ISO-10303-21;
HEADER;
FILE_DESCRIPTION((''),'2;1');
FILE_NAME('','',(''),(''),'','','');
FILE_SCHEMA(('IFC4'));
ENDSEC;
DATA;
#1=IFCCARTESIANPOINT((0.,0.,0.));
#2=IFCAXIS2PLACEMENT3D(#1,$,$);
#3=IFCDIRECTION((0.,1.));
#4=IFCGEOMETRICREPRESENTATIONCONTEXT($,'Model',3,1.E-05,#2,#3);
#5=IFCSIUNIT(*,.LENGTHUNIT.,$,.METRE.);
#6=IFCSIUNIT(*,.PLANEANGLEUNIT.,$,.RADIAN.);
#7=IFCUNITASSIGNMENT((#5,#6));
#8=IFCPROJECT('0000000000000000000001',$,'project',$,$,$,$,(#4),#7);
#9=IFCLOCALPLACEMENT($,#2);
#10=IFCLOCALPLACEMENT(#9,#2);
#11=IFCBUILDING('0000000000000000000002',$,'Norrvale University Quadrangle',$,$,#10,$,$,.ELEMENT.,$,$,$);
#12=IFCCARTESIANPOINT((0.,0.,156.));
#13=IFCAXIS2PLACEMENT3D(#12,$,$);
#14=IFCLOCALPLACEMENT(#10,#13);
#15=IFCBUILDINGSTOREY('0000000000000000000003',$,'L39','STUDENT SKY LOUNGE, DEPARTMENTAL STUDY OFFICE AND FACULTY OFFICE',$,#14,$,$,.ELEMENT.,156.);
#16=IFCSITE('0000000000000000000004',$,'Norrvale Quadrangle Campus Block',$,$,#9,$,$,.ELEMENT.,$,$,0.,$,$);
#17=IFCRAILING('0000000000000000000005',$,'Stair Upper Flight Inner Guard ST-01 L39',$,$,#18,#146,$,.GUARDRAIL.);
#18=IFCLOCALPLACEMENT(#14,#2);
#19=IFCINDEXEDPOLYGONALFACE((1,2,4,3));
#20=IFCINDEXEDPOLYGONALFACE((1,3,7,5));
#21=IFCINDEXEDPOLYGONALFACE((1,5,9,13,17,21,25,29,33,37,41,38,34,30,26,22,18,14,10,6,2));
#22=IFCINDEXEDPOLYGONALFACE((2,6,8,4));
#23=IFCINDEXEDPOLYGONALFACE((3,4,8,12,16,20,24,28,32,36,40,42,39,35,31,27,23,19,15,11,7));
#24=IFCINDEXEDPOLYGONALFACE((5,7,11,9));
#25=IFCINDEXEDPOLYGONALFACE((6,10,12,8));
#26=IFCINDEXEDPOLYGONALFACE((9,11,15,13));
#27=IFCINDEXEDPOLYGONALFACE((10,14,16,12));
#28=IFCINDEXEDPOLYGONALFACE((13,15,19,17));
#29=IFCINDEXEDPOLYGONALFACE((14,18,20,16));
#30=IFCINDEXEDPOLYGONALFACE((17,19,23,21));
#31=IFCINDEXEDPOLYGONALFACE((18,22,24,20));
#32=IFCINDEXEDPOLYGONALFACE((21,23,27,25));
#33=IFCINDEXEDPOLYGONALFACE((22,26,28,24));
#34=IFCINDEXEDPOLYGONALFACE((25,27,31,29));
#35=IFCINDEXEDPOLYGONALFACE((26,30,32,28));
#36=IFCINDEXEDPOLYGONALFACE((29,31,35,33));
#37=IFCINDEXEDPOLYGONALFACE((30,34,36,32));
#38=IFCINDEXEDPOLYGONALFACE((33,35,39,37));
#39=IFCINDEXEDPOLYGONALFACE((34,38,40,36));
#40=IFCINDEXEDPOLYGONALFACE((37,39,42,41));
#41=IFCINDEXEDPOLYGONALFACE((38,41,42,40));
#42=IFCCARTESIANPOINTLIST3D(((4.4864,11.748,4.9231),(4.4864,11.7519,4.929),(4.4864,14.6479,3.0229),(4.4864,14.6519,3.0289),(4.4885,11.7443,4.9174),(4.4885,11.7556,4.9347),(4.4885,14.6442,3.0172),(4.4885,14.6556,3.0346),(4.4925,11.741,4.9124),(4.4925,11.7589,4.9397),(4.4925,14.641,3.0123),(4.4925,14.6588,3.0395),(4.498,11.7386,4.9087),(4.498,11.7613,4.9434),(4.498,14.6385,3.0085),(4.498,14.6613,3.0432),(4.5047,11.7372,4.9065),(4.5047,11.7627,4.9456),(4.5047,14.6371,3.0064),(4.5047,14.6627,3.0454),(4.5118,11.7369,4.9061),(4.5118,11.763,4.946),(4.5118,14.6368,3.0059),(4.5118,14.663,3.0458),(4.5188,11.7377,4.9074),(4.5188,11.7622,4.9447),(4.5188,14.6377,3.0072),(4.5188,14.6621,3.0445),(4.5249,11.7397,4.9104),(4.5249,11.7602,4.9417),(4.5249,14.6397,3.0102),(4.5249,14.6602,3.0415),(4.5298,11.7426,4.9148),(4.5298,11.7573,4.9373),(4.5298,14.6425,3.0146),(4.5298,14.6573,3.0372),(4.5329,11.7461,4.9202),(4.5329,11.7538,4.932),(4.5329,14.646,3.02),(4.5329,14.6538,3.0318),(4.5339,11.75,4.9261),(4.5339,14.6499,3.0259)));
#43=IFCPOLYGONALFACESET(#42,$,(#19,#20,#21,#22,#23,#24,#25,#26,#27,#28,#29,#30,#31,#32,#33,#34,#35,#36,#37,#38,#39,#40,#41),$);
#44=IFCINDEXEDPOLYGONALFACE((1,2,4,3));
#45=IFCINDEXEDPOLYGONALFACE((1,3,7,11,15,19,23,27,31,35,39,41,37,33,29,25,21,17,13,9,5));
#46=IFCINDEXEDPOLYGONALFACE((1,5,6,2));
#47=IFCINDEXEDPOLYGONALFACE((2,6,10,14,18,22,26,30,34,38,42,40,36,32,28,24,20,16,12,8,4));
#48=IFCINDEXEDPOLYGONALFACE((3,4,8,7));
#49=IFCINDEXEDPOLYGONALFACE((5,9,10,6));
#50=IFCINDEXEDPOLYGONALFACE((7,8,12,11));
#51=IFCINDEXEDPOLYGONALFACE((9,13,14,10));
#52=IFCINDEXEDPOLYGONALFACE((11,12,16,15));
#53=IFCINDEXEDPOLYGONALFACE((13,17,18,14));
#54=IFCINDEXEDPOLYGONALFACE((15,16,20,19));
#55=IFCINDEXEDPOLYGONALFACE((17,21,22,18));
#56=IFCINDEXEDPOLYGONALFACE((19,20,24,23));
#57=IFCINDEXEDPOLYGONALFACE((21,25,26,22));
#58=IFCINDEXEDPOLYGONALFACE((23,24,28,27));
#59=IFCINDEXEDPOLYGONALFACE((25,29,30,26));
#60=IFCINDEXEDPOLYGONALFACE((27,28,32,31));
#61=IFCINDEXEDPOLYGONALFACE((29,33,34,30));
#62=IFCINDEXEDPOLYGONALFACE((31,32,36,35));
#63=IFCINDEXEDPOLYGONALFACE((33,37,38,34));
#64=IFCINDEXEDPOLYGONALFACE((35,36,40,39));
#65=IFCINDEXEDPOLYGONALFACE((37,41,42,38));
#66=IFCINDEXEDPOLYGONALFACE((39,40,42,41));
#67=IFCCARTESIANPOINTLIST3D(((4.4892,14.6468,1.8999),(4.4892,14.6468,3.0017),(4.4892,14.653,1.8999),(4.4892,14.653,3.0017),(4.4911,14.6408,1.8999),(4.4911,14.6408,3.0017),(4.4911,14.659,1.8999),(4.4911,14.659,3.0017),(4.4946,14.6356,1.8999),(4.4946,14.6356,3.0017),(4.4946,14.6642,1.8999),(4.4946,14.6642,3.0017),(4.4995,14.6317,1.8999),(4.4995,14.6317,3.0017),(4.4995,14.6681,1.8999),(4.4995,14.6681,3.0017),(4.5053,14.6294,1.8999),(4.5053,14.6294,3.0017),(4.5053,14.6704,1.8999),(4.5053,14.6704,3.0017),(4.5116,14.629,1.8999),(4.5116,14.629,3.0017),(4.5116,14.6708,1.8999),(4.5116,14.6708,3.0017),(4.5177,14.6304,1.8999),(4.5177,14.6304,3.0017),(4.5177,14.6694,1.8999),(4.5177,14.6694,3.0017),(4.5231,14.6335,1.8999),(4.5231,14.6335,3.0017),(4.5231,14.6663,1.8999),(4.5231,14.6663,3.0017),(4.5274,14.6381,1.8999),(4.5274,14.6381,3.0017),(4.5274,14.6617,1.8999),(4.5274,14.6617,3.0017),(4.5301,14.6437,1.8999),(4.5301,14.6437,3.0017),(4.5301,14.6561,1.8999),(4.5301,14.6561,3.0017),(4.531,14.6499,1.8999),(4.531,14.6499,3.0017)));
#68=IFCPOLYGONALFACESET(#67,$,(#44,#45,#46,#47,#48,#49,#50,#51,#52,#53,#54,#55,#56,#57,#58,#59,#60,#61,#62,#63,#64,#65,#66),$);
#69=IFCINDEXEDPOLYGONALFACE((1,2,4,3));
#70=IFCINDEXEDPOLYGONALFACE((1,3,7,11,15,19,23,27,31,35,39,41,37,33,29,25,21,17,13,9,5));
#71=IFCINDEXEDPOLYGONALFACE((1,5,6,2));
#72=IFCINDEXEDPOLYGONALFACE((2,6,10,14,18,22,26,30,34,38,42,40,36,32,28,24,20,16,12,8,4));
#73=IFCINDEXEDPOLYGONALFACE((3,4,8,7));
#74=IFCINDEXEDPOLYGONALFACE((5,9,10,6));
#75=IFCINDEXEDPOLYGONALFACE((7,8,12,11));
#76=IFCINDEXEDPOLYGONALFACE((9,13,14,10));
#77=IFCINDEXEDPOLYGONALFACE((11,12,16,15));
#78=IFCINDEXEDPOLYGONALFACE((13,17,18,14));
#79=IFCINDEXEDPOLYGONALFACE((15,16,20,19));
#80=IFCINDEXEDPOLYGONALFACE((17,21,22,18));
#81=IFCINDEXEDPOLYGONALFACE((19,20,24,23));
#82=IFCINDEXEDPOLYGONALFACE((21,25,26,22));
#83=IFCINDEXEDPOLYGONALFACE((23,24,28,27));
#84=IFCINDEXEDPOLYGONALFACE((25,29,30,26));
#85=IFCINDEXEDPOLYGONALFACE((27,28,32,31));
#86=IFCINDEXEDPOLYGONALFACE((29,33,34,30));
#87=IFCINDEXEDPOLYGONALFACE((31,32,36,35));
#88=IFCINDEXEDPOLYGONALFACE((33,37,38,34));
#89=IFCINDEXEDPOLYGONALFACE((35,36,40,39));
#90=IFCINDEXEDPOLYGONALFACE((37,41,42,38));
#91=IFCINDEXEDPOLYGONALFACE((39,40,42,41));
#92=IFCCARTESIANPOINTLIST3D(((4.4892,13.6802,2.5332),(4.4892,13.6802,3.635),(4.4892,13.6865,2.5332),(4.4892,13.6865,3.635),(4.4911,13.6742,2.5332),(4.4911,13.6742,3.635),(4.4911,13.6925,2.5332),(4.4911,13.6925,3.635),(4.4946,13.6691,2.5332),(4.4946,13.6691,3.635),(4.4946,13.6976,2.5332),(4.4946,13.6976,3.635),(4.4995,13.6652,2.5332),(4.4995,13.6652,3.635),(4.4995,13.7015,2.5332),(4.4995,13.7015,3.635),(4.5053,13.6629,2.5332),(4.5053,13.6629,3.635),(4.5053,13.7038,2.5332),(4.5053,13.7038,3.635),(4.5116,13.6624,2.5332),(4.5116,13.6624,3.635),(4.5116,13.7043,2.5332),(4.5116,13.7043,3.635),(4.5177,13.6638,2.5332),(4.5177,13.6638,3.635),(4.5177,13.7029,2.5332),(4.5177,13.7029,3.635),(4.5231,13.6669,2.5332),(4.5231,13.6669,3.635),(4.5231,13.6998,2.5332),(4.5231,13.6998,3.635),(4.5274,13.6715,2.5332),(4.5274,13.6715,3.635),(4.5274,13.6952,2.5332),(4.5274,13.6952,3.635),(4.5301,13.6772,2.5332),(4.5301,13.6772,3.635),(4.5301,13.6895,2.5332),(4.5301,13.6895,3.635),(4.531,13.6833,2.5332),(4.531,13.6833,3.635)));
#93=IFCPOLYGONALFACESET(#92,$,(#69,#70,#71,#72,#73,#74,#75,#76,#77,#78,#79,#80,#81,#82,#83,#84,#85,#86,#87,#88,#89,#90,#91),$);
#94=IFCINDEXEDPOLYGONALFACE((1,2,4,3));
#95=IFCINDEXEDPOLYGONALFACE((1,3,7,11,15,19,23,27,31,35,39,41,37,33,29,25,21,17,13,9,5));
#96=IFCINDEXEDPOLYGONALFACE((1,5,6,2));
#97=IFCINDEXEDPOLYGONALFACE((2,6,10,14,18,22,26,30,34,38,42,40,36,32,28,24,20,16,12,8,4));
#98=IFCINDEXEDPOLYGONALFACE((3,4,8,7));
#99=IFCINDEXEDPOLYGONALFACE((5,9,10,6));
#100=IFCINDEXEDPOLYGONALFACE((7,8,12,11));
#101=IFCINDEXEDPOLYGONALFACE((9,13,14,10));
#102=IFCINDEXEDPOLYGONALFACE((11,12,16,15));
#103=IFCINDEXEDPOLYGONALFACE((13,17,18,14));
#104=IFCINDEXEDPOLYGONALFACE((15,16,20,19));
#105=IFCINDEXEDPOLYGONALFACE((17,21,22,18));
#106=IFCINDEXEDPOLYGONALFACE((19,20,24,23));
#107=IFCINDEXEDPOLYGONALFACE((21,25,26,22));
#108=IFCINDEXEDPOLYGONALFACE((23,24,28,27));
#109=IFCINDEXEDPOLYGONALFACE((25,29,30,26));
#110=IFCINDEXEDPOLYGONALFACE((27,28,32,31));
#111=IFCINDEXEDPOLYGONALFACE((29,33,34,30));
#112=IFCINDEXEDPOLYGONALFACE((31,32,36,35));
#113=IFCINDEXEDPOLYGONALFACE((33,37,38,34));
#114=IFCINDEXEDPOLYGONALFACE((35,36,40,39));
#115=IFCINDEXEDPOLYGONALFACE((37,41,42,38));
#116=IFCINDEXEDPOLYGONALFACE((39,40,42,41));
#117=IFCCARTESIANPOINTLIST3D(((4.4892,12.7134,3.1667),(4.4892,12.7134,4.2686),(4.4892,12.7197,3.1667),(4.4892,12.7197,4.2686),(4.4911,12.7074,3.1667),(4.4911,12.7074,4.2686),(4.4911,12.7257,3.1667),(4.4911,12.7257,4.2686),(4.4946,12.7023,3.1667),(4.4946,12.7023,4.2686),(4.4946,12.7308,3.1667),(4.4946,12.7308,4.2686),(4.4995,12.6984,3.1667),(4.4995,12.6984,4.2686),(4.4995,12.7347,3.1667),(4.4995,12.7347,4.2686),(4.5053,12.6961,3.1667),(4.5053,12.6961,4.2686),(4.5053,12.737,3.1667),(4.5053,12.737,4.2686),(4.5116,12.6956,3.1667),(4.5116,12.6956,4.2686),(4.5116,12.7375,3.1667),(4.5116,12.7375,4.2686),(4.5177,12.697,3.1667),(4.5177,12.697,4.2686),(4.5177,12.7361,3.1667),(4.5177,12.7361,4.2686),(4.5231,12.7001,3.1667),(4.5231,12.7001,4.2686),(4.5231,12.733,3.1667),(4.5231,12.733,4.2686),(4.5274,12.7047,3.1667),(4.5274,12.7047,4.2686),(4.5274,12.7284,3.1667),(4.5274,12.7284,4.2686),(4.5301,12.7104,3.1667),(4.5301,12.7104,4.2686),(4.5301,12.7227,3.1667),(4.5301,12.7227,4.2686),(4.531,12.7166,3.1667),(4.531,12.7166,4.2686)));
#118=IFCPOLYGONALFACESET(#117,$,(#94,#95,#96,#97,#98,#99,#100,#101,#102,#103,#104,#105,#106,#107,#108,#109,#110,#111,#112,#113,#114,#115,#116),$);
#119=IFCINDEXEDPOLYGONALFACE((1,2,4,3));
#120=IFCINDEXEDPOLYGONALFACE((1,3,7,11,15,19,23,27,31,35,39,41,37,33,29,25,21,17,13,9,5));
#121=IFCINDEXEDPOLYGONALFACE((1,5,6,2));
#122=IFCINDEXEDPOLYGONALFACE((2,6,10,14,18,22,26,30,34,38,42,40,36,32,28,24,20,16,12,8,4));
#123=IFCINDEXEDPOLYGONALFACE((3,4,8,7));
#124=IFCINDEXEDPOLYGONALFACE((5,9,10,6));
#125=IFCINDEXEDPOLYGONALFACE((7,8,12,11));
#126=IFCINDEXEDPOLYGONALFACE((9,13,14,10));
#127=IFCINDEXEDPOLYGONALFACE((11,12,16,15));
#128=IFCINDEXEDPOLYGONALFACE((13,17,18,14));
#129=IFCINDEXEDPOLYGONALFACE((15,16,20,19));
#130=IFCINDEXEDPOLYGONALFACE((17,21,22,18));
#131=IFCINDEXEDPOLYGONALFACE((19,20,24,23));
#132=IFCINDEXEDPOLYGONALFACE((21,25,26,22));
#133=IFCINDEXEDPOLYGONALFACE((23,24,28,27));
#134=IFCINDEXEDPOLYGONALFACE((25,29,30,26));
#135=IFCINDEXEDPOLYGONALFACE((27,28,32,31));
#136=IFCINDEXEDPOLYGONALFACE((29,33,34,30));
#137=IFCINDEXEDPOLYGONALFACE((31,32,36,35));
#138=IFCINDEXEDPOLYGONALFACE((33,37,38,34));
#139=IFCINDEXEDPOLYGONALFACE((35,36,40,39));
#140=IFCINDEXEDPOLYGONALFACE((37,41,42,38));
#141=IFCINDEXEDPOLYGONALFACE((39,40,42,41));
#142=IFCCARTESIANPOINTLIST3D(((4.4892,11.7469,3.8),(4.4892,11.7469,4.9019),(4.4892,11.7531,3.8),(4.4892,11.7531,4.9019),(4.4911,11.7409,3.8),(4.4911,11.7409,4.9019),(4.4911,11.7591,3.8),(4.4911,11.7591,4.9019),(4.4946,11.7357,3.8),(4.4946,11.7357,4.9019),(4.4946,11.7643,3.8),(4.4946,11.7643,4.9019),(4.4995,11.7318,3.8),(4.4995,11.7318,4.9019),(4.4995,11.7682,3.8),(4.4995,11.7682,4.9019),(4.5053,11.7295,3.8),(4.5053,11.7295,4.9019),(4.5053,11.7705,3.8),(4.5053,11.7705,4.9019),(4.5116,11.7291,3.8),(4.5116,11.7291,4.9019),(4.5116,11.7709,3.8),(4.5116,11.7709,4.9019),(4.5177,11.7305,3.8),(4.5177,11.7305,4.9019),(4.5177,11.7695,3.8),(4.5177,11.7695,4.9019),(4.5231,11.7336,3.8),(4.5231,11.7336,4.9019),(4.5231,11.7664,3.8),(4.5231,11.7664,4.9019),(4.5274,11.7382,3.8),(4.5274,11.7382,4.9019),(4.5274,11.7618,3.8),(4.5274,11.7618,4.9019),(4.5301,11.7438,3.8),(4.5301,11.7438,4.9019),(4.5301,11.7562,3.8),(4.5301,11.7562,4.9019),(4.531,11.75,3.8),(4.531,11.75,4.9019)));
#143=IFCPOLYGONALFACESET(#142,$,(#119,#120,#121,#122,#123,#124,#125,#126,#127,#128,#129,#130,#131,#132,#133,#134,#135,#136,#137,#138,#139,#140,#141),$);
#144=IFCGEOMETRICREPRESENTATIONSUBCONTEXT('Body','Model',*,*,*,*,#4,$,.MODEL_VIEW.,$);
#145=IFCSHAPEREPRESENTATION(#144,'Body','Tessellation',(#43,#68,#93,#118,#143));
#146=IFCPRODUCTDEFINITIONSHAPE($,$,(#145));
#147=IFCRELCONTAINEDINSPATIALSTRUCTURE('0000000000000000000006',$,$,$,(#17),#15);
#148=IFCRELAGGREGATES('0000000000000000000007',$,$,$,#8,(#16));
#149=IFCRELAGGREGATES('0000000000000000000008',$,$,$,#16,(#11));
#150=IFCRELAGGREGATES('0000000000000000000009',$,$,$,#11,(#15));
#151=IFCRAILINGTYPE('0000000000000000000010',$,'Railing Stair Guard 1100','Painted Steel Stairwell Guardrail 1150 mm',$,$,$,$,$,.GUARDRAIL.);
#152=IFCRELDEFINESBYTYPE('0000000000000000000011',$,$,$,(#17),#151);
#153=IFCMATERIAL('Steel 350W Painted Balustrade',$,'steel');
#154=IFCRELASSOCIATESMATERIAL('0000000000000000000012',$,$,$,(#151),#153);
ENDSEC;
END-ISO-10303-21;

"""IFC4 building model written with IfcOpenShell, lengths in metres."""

from ifc_helpers import new_model, si_unit, direction, frame, origin, origin_2d, place, context, subcontext, project, spatial, circle, extrude, material, type_object, element, save


model = new_model("IFC4")

# Units and contexts
model_context = context("Model", 3, precision=1e-05, world=origin(), true_north=direction((0.0, 1.0)))
body_context = subcontext(model_context, "Body", "Model", "MODEL_VIEW")
ifc_project = project(units=[si_unit("LENGTHUNIT", "METRE"), si_unit("PLANEANGLEUNIT", "RADIAN")], contexts=[model_context])

# Site, building, storey
site_placement = place(None, origin())
site = spatial("IfcSite", under=ifc_project, at=site_placement, Name="Norrvale Quadrangle Campus Block", CompositionType="ELEMENT", RefElevation=0.0)
building_placement = place(site_placement, origin())
building = spatial("IfcBuilding", under=site, at=building_placement, Name="Norrvale University Quadrangle", CompositionType="ELEMENT")
storey_placement = place(building_placement, frame((0.0, 0.0, 156.0)))
storey = spatial("IfcBuildingStorey", under=building, at=storey_placement, Name="L39", Description="STUDENT SKY LOUNGE, DEPARTMENTAL STUDY OFFICE AND FACULTY OFFICE", CompositionType="ELEMENT", Elevation=156.0)

# Railing
ifc_material_1 = material(Name="Steel 350W Painted Balustrade", Category="steel")
railing_type_1 = type_object("IfcRailingType", Name="Railing Stair Guard 1100", Description="Painted Steel Stairwell Guardrail 1150 mm", PredefinedType="GUARDRAIL", material=ifc_material_1)
railing_1_placement = place(storey_placement, frame((4.51, 14.6499, 1.8999)))
element("IfcRailing", 1, at=railing_1_placement, inside=storey, type_object=railing_type_1, Name="Stair Upper Flight Inner Guard ST-01 L39", PredefinedType="GUARDRAIL", context=body_context, shape_type="SweptSolid", body=[
    extrude(circle(Radius=0.0239, at=origin_2d()), frame((0.0, 0.0, 1.126), z_axis=(0.0, -0.836433, 0.548069), x_axis=(1.0, 0.0, 0.0)), (0.0, 0.0, 1.0), 3.467),
    extrude(circle(Radius=0.021, at=origin_2d()), origin(), (0.0, 0.0, 1.0), 1.1018),
    extrude(circle(Radius=0.021, at=origin_2d()), frame((0.0, -0.9666, 0.6333)), (0.0, 0.0, 1.0), 1.1018),
    extrude(circle(Radius=0.021, at=origin_2d()), frame((0.0, -1.9333, 1.2668)), (0.0, 0.0, 1.0), 1.1018),
    extrude(circle(Radius=0.021, at=origin_2d()), frame((0.0, -2.8999, 1.9001)), (0.0, 0.0, 1.0), 1.1018),
])

save(model, "model.ifc")
